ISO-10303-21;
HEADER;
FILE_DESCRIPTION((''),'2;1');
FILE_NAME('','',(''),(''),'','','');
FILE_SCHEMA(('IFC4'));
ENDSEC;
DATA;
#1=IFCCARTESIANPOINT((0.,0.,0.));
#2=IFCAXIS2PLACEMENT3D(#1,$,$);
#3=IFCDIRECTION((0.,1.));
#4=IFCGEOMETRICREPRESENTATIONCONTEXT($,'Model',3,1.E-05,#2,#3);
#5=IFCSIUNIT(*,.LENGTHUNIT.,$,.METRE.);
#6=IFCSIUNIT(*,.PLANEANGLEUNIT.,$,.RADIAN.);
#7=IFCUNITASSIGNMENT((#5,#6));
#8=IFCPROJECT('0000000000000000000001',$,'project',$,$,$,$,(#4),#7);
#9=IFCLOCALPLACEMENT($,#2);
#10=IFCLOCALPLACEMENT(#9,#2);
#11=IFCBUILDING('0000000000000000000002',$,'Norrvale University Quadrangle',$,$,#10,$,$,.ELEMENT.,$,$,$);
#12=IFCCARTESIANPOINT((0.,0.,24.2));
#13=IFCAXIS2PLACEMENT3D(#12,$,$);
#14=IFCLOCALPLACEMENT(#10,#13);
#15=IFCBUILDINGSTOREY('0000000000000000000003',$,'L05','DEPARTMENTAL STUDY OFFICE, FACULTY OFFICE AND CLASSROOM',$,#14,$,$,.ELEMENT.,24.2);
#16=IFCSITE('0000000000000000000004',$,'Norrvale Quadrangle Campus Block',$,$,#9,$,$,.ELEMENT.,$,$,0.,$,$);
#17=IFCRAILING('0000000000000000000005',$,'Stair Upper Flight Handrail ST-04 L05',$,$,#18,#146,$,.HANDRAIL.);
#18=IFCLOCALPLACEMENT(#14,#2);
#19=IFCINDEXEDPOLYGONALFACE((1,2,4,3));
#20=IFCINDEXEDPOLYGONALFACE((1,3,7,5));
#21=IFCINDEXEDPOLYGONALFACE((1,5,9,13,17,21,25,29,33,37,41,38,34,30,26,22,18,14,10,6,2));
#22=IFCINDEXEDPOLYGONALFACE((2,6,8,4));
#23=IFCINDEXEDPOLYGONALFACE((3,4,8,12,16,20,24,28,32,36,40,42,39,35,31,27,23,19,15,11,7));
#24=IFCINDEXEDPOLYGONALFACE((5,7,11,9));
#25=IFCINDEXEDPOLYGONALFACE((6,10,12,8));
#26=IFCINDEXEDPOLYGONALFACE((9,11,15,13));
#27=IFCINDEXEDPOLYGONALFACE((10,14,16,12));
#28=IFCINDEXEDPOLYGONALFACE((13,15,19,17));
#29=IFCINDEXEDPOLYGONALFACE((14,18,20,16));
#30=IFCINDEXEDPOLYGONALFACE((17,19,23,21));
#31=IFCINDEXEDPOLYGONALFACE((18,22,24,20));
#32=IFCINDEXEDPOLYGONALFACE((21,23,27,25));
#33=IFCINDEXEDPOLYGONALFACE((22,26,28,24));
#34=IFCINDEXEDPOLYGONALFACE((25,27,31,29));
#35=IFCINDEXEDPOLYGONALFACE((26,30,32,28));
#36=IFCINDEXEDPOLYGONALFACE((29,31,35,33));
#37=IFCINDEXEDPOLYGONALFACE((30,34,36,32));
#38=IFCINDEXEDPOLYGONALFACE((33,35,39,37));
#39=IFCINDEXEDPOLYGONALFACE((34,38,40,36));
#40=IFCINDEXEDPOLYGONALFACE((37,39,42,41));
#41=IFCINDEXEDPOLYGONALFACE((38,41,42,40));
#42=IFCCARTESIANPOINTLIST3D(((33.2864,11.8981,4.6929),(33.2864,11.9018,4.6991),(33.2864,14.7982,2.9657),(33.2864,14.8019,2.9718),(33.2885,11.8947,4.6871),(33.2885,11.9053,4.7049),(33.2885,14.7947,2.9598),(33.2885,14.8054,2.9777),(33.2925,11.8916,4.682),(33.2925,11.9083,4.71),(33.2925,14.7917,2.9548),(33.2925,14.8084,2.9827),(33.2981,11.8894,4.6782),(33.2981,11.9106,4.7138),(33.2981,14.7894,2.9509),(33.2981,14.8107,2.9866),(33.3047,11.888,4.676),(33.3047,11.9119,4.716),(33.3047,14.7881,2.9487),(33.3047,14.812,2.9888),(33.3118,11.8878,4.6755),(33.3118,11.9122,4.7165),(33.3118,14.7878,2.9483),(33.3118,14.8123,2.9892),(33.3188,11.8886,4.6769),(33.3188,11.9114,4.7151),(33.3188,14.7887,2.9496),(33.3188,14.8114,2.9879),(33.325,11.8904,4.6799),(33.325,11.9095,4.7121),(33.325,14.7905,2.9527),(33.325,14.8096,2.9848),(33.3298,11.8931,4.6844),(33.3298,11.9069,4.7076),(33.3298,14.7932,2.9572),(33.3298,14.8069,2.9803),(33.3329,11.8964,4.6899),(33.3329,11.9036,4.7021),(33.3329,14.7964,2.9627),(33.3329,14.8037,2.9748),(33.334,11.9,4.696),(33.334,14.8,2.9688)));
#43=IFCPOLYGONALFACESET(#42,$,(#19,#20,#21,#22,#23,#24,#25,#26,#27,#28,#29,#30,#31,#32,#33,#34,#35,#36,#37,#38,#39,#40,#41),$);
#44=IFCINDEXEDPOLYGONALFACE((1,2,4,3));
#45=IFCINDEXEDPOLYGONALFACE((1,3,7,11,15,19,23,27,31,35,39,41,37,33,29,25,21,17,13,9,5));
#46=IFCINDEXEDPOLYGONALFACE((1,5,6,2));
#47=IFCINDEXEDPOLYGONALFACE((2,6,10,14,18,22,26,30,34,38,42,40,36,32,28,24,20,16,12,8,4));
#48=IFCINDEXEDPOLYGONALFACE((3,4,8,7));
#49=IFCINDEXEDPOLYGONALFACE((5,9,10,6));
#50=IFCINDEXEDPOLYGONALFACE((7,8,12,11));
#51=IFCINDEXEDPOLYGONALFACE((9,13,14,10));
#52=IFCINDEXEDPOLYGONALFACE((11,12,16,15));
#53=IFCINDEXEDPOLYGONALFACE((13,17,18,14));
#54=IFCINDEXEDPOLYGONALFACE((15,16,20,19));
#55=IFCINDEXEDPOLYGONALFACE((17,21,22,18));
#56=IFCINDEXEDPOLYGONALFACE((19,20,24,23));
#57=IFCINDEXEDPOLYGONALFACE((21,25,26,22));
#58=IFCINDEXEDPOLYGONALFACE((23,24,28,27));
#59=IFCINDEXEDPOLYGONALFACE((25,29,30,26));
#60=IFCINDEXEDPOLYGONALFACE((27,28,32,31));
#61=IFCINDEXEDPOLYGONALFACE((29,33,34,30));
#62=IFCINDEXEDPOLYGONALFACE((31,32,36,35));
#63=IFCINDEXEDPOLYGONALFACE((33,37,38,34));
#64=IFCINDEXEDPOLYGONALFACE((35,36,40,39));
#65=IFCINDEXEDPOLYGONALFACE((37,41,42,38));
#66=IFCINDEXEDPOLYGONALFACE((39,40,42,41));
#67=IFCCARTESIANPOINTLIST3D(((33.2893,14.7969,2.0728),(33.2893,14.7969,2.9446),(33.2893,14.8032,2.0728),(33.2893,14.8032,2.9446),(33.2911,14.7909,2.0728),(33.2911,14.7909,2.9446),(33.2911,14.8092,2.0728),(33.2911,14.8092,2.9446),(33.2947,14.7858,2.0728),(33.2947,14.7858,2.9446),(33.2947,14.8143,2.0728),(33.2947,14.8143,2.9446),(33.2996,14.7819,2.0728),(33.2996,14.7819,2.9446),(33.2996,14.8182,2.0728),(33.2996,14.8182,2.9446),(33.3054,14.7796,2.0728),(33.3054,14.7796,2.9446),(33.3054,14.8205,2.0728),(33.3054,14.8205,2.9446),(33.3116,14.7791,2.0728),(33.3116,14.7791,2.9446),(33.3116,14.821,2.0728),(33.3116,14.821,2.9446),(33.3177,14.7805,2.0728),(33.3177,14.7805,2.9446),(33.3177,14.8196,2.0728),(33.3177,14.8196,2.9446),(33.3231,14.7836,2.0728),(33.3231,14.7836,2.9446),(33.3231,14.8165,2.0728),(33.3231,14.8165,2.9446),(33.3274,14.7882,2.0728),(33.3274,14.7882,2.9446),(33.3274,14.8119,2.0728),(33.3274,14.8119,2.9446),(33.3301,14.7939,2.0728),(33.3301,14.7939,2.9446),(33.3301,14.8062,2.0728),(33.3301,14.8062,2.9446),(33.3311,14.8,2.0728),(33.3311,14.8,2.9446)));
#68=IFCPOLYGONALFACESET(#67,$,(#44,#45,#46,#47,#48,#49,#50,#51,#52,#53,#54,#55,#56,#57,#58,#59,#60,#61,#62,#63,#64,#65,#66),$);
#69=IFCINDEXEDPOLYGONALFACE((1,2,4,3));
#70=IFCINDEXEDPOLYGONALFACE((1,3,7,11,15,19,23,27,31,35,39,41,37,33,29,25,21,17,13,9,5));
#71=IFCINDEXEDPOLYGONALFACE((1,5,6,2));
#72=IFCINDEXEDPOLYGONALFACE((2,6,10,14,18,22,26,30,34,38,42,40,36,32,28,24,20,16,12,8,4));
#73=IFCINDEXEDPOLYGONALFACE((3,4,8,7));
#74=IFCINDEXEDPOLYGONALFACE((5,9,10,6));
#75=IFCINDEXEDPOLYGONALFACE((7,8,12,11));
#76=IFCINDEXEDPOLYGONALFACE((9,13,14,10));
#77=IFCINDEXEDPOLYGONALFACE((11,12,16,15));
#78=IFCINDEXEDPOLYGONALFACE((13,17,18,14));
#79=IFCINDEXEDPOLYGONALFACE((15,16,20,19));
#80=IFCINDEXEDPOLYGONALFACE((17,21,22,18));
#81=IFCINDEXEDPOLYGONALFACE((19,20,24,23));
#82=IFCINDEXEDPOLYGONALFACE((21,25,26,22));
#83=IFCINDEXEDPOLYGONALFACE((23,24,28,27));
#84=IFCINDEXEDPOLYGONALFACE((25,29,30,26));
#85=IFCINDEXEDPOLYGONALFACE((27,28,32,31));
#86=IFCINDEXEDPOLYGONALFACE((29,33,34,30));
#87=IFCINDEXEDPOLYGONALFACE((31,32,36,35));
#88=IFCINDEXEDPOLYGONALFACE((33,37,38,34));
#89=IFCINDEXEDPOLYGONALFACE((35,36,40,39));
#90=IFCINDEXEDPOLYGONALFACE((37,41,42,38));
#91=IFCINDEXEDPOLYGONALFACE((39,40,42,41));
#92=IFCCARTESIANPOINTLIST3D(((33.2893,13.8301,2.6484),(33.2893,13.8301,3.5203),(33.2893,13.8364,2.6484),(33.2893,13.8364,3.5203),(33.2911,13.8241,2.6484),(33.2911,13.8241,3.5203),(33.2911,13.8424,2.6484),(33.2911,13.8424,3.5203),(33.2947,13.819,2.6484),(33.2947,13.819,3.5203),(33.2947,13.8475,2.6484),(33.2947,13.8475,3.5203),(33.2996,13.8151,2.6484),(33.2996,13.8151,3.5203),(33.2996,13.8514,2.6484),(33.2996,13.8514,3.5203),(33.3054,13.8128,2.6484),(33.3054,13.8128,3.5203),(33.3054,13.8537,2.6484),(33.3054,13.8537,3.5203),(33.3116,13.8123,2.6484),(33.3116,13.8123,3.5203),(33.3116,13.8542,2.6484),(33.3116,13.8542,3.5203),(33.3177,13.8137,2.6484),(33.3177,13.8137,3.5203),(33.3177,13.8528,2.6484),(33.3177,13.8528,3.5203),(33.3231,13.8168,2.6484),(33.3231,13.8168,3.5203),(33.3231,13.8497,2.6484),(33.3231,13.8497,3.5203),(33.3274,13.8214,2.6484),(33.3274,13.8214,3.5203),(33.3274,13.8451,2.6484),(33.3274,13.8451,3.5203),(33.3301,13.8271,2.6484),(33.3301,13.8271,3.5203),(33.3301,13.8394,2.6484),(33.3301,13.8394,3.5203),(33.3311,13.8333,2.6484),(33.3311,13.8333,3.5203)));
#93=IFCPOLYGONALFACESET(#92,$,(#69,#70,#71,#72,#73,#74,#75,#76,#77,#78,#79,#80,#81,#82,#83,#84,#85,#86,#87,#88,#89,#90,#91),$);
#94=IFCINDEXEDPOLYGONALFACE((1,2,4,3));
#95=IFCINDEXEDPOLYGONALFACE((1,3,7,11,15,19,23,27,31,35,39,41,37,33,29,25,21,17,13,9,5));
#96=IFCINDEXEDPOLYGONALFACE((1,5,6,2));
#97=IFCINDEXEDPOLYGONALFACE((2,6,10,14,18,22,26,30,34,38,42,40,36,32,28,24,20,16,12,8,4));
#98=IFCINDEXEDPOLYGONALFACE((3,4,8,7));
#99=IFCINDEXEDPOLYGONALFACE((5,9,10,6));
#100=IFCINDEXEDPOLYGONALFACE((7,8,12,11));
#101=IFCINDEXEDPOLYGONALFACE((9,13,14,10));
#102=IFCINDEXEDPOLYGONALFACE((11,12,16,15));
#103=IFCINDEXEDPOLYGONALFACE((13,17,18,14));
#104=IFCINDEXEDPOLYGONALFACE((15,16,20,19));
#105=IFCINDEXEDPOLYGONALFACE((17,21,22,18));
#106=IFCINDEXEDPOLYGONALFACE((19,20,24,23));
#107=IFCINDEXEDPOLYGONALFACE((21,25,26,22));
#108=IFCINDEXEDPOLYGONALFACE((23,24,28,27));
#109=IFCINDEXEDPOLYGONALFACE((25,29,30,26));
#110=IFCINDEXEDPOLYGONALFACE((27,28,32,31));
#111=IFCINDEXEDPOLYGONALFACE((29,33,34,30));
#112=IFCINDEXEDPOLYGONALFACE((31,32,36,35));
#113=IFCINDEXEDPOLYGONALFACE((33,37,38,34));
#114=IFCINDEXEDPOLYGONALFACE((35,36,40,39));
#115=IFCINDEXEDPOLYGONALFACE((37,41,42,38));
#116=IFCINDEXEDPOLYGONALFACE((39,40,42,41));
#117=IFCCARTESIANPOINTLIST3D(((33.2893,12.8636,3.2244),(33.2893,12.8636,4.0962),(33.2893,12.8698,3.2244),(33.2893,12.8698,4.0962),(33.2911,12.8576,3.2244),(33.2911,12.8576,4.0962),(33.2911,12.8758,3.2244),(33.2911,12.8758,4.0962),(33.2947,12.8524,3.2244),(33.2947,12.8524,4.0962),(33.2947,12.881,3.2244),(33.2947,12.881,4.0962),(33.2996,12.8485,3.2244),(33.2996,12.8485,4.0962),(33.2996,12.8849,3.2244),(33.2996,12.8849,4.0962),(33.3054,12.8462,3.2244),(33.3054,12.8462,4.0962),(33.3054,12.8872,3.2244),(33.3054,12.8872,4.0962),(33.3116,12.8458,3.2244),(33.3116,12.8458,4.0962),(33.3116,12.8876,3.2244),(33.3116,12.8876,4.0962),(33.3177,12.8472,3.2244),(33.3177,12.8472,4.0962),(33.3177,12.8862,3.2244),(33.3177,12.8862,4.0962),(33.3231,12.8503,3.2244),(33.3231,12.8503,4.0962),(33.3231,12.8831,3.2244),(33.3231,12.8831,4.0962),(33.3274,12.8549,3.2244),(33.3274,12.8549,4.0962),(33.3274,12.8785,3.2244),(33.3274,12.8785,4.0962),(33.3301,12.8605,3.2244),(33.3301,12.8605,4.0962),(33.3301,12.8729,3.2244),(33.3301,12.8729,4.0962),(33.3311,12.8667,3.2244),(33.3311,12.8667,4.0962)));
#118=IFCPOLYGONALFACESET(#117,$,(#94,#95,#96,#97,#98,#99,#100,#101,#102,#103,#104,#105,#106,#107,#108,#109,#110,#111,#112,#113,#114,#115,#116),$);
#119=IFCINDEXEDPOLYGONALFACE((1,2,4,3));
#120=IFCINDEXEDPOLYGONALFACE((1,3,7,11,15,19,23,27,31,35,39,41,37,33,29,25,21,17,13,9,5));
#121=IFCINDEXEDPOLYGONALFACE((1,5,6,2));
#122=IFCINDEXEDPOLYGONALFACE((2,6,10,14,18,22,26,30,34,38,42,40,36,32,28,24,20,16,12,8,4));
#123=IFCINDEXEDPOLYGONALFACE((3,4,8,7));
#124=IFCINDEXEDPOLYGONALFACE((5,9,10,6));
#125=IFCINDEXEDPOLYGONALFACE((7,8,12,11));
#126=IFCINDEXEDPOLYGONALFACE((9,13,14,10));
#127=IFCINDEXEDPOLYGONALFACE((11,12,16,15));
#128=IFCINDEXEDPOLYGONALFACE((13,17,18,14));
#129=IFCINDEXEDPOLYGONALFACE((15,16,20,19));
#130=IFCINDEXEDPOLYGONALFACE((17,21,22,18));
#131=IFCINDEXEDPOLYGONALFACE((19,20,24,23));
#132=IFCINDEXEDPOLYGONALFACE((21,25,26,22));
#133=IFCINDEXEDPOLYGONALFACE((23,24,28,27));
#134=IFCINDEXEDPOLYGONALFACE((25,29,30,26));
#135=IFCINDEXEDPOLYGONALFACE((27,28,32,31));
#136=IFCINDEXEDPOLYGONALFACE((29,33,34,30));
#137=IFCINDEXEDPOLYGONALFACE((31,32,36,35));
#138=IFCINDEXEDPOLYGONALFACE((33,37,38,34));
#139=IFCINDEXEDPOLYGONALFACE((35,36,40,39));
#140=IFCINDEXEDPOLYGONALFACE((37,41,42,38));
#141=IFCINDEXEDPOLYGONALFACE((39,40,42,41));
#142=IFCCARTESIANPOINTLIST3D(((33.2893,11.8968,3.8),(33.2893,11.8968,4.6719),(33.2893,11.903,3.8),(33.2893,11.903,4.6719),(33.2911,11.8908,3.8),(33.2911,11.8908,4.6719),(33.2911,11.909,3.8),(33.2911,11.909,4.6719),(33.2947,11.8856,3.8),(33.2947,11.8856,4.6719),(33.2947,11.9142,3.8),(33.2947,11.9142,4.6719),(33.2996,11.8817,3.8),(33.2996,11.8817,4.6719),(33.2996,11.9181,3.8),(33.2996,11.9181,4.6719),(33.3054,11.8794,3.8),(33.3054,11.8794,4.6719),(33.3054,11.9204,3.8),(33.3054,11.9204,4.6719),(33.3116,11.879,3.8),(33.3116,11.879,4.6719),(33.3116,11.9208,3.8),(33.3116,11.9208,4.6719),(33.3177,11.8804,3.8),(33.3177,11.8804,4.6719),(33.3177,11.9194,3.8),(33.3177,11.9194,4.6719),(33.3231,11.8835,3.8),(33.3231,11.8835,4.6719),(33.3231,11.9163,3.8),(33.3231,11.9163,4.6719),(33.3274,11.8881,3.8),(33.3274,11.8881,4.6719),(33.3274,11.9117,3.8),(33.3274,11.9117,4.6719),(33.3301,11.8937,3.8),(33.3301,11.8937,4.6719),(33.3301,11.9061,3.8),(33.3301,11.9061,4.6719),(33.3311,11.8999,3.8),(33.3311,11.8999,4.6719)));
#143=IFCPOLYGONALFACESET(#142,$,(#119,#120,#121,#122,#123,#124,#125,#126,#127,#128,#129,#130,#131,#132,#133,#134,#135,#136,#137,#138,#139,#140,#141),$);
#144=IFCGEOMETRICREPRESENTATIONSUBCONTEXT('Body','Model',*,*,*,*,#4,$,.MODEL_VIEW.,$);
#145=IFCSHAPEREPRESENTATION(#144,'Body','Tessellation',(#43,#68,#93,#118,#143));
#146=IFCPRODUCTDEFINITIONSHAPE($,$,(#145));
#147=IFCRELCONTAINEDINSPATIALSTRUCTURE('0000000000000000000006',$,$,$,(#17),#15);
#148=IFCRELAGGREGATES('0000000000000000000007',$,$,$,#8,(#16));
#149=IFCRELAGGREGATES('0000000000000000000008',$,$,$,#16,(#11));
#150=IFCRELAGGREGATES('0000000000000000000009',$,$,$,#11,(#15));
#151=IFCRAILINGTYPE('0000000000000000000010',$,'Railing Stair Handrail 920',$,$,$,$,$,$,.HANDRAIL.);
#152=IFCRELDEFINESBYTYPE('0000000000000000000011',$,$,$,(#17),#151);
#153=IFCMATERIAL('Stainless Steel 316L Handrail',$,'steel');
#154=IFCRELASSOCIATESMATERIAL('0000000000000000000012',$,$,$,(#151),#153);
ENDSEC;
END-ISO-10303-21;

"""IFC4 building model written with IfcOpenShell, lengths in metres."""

from ifc_helpers import new_model, si_unit, direction, frame, origin, origin_2d, place, context, subcontext, project, spatial, circle, extrude, material, type_object, element, save


model = new_model("IFC4")

# Units and contexts
model_context = context("Model", 3, precision=1e-05, world=origin(), true_north=direction((0.0, 1.0)))
body_context = subcontext(model_context, "Body", "Model", "MODEL_VIEW")
ifc_project = project(units=[si_unit("LENGTHUNIT", "METRE"), si_unit("PLANEANGLEUNIT", "RADIAN")], contexts=[model_context])

# Site, building, storey
site_placement = place(None, origin())
site = spatial("IfcSite", under=ifc_project, at=site_placement, Name="Norrvale Quadrangle Campus Block", CompositionType="ELEMENT", RefElevation=0.0)
building_placement = place(site_placement, origin())
building = spatial("IfcBuilding", under=site, at=building_placement, Name="Norrvale University Quadrangle", CompositionType="ELEMENT")
storey_placement = place(building_placement, frame((0.0, 0.0, 24.2)))
storey = spatial("IfcBuildingStorey", under=building, at=storey_placement, Name="L05", Description="DEPARTMENTAL STUDY OFFICE, FACULTY OFFICE AND CLASSROOM", CompositionType="ELEMENT", Elevation=24.2)

# Railing
ifc_material_1 = material(Name="Stainless Steel 316L Handrail", Category="steel")
railing_type_1 = type_object("IfcRailingType", Name="Railing Stair Handrail 920", PredefinedType="HANDRAIL", material=ifc_material_1)
railing_1_placement = place(storey_placement, frame((33.3101, 14.8, 2.0728)))
element("IfcRailing", 1, at=railing_1_placement, inside=storey, type_object=railing_type_1, Name="Stair Upper Flight Handrail ST-04 L05", PredefinedType="HANDRAIL", context=body_context, shape_type="SweptSolid", body=[
    extrude(circle(Radius=0.0239, at=origin_2d()), frame((0.0, 0.0, 0.896), z_axis=(0.0, -0.85916, 0.511706), x_axis=(1.0, 0.0, 0.0)), (0.0, 0.0, 1.0), 3.3755),
    extrude(circle(Radius=0.021, at=origin_2d()), origin(), (0.0, 0.0, 1.0), 0.8718),
    extrude(circle(Radius=0.021, at=origin_2d()), frame((0.0, -0.9668, 0.5757)), (0.0, 0.0, 1.0), 0.8718),
    extrude(circle(Radius=0.021, at=origin_2d()), frame((0.0, -1.9333, 1.1516)), (0.0, 0.0, 1.0), 0.8718),
    extrude(circle(Radius=0.021, at=origin_2d()), frame((0.0, -2.9001, 1.7273)), (0.0, 0.0, 1.0), 0.8718),
])

save(model, "model.ifc")
